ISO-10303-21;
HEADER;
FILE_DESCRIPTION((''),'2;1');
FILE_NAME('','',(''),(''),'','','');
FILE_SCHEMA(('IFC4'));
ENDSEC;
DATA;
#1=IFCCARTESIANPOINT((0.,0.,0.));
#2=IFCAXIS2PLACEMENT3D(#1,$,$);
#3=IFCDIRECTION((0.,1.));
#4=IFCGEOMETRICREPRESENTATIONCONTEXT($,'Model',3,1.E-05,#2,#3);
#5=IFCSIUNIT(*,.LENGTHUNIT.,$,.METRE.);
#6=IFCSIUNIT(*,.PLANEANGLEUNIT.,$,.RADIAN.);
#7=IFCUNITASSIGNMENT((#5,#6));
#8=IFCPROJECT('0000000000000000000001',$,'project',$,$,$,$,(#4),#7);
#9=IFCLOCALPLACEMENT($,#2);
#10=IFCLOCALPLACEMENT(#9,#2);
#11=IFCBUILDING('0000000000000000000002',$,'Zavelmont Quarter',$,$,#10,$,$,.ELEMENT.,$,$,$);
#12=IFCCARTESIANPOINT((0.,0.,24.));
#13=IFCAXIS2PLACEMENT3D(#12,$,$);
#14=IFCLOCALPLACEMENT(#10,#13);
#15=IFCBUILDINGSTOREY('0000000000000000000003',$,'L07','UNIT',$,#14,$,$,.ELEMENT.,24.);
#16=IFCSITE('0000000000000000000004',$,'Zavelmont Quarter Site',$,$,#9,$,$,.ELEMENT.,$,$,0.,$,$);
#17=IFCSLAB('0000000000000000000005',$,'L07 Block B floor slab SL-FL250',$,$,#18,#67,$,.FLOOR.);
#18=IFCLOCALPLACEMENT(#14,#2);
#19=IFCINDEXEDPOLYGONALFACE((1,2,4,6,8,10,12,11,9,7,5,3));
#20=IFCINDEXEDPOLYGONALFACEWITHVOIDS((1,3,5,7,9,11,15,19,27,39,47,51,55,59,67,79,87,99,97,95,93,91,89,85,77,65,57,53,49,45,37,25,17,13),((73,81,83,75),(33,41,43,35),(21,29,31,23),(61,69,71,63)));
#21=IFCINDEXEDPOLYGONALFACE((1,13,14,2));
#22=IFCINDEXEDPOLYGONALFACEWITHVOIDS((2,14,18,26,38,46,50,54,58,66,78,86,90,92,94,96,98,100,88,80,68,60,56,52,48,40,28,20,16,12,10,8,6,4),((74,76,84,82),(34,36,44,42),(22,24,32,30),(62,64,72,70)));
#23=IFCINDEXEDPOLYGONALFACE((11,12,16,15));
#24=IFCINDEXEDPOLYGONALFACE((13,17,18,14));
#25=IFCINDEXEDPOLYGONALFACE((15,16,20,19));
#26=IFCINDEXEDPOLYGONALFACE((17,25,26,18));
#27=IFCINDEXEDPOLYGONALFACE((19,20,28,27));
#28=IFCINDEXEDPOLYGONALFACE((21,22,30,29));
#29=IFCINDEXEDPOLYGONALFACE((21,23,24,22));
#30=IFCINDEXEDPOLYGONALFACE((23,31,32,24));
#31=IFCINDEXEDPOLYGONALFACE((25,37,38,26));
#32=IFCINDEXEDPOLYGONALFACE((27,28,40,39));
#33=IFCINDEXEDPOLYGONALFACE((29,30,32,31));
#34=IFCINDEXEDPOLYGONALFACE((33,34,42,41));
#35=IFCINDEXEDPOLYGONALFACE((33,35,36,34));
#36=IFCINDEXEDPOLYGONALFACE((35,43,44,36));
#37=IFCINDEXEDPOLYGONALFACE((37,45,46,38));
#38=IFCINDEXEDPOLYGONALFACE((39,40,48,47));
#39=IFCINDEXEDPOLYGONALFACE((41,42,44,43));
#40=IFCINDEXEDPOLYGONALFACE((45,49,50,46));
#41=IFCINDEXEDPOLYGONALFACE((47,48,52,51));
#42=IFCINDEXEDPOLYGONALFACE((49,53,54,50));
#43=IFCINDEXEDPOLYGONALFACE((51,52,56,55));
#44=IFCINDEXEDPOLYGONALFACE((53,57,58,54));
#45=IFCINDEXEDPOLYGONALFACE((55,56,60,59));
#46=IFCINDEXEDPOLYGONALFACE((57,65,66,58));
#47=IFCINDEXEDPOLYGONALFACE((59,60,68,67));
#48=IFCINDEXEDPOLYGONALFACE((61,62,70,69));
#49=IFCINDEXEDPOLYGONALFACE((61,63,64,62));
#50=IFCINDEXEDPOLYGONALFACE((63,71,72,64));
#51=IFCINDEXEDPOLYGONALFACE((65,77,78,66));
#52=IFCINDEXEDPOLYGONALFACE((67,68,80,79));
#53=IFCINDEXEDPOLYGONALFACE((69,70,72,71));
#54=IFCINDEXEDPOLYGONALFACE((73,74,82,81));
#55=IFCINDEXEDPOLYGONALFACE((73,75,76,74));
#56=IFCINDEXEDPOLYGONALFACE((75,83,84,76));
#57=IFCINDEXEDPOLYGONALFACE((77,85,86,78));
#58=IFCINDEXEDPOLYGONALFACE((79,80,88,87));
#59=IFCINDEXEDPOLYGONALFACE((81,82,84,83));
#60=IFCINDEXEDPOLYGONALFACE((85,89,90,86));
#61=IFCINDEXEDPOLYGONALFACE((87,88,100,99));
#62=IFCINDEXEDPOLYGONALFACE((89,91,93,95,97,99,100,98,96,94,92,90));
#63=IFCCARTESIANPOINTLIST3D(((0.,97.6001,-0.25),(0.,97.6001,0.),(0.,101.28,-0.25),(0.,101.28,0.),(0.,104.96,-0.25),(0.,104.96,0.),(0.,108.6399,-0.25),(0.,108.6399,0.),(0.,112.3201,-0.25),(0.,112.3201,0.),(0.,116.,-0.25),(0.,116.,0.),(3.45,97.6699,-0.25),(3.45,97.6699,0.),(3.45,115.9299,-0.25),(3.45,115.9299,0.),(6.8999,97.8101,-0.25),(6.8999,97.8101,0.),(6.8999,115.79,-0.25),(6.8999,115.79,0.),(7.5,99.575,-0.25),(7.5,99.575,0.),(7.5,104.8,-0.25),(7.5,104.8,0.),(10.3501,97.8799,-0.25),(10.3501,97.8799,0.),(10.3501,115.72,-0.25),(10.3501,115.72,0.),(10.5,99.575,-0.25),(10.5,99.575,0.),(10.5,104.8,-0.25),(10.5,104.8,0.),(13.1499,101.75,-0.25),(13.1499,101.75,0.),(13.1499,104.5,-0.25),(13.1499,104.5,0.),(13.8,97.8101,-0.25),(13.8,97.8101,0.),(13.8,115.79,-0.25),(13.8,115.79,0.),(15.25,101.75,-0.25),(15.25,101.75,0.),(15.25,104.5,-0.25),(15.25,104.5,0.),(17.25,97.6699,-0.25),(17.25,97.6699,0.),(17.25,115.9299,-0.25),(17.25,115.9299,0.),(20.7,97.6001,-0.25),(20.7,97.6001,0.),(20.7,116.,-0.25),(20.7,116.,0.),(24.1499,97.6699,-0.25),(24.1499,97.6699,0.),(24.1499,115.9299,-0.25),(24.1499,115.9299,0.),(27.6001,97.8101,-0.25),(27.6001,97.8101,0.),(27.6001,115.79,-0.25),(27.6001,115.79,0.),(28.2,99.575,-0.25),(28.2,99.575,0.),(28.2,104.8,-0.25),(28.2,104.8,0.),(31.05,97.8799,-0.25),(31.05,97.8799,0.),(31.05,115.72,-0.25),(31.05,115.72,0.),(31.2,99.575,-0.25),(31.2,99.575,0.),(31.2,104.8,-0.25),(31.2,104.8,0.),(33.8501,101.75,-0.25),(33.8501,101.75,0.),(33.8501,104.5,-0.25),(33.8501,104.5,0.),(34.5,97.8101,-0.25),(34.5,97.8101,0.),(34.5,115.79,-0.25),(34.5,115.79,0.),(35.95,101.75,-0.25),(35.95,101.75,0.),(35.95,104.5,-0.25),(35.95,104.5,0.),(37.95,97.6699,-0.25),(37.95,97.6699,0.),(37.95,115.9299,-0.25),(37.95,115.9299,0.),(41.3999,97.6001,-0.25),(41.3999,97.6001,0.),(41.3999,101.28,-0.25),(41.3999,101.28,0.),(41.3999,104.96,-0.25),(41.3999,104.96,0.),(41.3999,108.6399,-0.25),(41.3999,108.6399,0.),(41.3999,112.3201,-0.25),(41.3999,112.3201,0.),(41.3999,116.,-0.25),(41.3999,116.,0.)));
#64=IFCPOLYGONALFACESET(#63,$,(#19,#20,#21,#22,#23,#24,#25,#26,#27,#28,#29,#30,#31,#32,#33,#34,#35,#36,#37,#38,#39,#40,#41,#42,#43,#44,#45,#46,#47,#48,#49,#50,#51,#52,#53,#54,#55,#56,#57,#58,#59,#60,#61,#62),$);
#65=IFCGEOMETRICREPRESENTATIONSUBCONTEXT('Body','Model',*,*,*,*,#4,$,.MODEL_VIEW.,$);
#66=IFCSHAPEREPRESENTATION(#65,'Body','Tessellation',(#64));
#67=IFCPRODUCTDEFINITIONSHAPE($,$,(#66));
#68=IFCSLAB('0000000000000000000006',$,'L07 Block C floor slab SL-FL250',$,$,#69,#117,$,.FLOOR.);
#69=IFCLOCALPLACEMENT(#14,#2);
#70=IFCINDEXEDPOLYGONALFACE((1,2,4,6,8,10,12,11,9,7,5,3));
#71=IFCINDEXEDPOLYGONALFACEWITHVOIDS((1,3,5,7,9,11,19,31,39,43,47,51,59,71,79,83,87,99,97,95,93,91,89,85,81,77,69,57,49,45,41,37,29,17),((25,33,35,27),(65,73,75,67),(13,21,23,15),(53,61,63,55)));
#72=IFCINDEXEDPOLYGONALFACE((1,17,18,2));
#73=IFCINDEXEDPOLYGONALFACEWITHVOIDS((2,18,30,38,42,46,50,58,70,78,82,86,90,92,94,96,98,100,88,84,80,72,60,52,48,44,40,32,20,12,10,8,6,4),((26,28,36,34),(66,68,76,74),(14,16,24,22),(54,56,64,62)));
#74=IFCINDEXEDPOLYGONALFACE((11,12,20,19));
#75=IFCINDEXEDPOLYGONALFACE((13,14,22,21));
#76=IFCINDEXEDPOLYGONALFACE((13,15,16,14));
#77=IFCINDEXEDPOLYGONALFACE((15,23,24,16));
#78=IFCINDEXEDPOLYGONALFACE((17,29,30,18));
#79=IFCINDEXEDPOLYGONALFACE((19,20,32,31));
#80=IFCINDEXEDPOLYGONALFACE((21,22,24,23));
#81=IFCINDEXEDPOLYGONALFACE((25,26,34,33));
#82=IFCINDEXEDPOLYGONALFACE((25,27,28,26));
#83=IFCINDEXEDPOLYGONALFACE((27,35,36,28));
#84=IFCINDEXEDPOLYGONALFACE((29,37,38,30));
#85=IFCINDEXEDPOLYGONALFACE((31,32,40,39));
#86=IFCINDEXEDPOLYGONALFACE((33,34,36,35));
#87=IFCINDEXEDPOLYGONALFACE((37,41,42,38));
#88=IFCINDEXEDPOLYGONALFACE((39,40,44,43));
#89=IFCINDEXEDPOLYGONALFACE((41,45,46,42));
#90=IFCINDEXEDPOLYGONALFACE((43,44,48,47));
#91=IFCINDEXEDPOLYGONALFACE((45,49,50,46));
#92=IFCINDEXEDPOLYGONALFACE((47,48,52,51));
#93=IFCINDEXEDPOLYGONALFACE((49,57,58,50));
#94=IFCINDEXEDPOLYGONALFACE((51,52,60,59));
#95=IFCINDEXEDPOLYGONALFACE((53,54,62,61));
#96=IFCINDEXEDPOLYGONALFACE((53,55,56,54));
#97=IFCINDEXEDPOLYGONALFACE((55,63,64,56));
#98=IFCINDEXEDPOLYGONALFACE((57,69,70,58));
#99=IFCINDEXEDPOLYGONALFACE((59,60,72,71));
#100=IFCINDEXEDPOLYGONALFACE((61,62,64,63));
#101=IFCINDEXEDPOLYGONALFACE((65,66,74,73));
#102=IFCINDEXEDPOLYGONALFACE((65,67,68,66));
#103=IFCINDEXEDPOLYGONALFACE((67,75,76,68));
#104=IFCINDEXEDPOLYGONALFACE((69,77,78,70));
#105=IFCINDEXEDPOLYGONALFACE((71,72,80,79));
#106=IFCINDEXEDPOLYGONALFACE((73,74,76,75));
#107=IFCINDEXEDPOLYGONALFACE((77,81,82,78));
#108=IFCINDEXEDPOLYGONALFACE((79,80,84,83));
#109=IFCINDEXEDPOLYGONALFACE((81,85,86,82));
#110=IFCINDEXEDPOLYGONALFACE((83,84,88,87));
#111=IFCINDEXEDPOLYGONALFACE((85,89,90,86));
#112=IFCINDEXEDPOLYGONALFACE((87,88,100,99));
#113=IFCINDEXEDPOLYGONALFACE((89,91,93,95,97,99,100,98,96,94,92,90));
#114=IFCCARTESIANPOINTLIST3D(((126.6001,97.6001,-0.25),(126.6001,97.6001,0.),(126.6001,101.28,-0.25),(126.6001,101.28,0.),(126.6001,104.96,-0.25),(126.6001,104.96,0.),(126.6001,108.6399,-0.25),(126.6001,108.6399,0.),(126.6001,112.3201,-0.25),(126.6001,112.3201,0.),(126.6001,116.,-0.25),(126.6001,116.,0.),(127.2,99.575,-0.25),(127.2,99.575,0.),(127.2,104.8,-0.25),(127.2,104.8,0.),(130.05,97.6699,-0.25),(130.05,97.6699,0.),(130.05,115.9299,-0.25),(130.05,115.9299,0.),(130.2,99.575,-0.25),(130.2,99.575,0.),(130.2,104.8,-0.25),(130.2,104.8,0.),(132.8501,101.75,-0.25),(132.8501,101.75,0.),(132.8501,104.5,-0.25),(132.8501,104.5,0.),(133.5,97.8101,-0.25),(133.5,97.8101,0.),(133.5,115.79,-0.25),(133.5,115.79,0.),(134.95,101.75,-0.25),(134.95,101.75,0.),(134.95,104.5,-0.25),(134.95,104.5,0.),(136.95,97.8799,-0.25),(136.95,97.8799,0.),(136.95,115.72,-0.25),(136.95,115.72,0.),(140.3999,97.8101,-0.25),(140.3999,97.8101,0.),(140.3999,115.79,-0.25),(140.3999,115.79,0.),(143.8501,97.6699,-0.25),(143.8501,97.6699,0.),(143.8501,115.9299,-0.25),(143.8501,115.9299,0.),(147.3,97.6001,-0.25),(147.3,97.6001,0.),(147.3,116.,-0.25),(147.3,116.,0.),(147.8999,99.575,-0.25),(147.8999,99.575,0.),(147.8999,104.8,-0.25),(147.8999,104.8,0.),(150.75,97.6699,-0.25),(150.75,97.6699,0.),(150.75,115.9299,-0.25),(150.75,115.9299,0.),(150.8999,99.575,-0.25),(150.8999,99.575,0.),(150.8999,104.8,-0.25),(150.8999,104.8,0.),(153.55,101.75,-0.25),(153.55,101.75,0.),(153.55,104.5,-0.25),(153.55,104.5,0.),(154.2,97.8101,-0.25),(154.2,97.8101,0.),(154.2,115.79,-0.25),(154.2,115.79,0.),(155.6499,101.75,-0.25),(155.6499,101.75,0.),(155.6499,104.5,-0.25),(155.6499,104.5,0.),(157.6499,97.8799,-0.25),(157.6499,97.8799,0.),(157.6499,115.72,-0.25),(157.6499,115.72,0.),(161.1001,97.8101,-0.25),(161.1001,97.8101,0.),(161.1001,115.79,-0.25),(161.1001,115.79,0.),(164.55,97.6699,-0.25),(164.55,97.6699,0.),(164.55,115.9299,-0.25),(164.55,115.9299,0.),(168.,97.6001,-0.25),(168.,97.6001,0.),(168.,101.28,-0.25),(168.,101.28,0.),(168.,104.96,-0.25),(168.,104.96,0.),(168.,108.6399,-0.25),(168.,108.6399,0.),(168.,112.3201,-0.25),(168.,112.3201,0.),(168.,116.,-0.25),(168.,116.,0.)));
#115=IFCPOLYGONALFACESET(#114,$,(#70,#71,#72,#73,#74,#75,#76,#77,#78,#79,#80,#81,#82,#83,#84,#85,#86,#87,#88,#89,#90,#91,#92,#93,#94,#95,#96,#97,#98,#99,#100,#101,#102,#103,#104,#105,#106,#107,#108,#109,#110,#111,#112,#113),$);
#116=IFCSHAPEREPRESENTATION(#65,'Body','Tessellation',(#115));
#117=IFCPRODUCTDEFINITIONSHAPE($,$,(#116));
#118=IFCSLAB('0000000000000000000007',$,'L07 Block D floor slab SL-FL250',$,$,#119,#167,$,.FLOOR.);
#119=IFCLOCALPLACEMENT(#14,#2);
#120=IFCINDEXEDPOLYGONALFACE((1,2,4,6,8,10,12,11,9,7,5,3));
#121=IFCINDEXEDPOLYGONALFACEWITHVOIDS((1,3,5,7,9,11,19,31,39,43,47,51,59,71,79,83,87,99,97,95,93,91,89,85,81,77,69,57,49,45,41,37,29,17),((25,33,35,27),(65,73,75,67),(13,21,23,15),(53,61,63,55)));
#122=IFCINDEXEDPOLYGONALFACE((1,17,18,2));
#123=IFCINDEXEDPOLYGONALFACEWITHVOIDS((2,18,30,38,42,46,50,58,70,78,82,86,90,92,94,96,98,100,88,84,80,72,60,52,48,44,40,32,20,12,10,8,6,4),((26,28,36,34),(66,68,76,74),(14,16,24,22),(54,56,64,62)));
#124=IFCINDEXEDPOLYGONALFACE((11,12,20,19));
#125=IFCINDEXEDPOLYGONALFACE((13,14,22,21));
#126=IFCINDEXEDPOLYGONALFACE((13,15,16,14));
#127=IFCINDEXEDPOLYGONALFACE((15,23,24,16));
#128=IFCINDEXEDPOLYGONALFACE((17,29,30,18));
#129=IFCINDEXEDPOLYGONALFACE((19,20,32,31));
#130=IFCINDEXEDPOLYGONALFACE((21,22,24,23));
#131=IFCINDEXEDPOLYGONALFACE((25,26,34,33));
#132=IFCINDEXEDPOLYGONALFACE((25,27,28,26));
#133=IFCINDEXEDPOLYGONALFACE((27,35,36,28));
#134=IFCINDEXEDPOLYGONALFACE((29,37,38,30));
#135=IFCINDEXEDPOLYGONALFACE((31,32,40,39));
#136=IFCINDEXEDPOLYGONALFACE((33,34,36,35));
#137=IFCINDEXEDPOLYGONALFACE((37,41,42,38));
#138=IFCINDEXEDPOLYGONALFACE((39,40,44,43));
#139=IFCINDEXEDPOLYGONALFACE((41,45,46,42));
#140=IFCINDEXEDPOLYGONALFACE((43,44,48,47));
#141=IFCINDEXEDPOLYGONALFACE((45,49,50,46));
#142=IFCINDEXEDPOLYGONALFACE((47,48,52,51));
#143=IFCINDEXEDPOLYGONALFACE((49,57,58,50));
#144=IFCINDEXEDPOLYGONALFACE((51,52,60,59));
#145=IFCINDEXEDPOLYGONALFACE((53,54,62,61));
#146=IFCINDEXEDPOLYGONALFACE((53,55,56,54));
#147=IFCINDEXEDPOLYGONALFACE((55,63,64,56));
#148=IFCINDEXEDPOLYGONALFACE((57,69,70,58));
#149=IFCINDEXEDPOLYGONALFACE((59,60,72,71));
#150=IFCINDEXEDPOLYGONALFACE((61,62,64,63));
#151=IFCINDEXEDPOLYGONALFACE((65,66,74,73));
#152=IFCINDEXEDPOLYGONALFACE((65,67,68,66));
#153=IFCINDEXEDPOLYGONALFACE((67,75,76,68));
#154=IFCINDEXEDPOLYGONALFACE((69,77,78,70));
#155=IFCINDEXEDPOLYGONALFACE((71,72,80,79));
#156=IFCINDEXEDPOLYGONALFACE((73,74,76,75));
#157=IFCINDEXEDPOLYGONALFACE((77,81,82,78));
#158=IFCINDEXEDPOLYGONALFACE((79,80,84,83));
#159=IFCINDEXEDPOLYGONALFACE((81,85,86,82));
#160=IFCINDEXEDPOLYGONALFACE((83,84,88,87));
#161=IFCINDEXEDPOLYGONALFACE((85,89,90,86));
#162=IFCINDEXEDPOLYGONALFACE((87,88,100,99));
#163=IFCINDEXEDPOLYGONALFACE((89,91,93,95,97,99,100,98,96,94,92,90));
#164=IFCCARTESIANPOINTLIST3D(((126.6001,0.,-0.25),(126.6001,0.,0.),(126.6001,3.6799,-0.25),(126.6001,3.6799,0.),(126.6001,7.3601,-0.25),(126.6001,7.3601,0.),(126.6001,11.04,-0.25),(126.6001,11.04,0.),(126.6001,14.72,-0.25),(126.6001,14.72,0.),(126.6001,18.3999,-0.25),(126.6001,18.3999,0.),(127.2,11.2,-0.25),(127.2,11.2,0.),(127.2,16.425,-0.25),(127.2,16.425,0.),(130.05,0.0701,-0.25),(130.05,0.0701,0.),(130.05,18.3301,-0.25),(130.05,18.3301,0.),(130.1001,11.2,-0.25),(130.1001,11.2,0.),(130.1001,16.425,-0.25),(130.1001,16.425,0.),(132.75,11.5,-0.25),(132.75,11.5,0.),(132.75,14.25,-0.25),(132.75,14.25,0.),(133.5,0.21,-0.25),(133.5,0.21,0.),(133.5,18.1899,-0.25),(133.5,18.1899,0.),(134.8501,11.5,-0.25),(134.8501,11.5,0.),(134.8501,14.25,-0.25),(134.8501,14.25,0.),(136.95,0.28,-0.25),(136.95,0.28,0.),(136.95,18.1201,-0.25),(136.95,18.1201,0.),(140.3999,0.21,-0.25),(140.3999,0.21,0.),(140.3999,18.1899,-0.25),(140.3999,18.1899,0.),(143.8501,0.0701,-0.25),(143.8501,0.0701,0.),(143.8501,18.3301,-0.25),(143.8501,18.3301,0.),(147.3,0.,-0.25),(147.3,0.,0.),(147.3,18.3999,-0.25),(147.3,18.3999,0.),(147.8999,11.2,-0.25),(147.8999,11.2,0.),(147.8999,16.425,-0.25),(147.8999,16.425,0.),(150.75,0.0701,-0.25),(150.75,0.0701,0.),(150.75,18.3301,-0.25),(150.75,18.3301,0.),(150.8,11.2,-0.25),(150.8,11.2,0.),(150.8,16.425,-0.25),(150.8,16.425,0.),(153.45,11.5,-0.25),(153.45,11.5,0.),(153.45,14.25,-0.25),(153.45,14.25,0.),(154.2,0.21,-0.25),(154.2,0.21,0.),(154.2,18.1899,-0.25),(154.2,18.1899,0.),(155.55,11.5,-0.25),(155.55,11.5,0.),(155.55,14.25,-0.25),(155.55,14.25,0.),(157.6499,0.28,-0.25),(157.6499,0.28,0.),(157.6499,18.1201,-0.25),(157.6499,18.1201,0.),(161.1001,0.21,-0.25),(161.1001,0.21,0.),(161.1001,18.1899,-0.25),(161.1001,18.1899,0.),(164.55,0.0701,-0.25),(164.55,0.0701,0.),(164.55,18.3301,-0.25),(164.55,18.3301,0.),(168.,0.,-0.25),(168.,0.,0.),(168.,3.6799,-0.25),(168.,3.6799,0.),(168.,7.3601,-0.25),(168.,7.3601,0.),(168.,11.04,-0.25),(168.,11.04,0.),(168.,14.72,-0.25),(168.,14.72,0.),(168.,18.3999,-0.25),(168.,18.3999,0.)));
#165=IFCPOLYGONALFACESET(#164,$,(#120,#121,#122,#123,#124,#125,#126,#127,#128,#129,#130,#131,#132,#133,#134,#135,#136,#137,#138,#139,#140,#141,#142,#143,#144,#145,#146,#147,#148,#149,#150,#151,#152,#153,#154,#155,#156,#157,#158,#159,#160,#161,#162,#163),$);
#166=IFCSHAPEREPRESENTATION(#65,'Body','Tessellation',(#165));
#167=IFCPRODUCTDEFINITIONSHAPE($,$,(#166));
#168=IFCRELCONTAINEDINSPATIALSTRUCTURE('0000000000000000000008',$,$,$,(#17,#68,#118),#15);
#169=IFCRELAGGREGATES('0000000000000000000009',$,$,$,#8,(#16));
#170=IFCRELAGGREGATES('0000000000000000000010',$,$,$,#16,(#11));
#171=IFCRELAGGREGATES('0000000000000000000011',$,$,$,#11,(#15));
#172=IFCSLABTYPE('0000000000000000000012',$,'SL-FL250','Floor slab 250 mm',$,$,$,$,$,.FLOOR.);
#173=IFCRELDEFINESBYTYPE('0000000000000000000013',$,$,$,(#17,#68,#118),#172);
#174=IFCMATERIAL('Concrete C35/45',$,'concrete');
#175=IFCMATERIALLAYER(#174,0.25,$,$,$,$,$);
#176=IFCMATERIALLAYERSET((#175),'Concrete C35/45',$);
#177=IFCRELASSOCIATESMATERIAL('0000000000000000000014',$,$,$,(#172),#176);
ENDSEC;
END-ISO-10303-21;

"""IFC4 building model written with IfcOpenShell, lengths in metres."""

from ifc_helpers import new_model, si_unit, direction, frame, origin, place, context, subcontext, project, spatial, polyline, outline, extrude, material, layer, layer_set, type_object, element, save


model = new_model("IFC4")

# Units and contexts
model_context = context("Model", 3, precision=1e-05, world=origin(), true_north=direction((0.0, 1.0)))
body_context = subcontext(model_context, "Body", "Model", "MODEL_VIEW")
ifc_project = project(units=[si_unit("LENGTHUNIT", "METRE"), si_unit("PLANEANGLEUNIT", "RADIAN")], contexts=[model_context])

# Site, building, storey
site_placement = place(None, origin())
site = spatial("IfcSite", under=ifc_project, at=site_placement, Name="Zavelmont Quarter Site", CompositionType="ELEMENT", RefElevation=0.0)
building_placement = place(site_placement, origin())
building = spatial("IfcBuilding", under=site, at=building_placement, Name="Zavelmont Quarter", CompositionType="ELEMENT")
storey_placement = place(building_placement, frame((0.0, 0.0, 24.0)))
storey = spatial("IfcBuildingStorey", under=building, at=storey_placement, Name="L07", Description="UNIT", CompositionType="ELEMENT", Elevation=24.0)

# Shared definitions
ifc_material_1 = material(Name="Concrete C35/45", Category="concrete")

# Slabs
ifc_layer_1 = layer(ifc_material_1, 0.25)
ifc_layer_set_1 = layer_set([ifc_layer_1], Name="Concrete C35/45")
slab_type_1 = type_object("IfcSlabType", Name="SL-FL250", Description="Floor slab 250 mm", PredefinedType="FLOOR", material=ifc_layer_set_1)
slab_1_placement = place(storey_placement, frame((0.0, 0.0, -0.25)))
element("IfcSlab", 1, at=slab_1_placement, inside=storey, type_object=slab_type_1, Name="L07 Block B floor slab SL-FL250", PredefinedType="FLOOR", context=body_context, shape_type="SweptSolid", body=[
    extrude(outline(polyline([(0.0, 97.6001), (3.45, 97.6699), (6.8999, 97.8101), (10.3501, 97.8799), (13.8, 97.8101), (17.25, 97.6699), (20.7, 97.6001), (24.1499, 97.6699), (27.6001, 97.8101), (31.05, 97.8799), (34.5, 97.8101), (37.95, 97.6699), (41.3999, 97.6001), (41.3999, 101.28), (41.3999, 104.96), (41.3999, 108.6399), (41.3999, 112.3201), (41.3999, 116.0), (37.95, 115.9299), (34.5, 115.79), (31.05, 115.72), (27.6001, 115.79), (24.1499, 115.9299), (20.7, 116.0), (17.25, 115.9299), (13.8, 115.79), (10.3501, 115.72), (6.8999, 115.79), (3.45, 115.9299), (0.0, 116.0), (0.0, 112.3201), (0.0, 108.6399), (0.0, 104.96), (0.0, 101.28), (0.0, 97.6001)]), holes=[polyline([(10.5, 99.575), (10.5, 104.8), (7.5, 104.8), (7.5, 99.575), (10.5, 99.575)]), polyline([(13.1499, 101.75), (15.25, 101.75), (15.25, 104.5), (13.1499, 104.5), (13.1499, 101.75)]), polyline([(31.2, 99.575), (31.2, 104.8), (28.2, 104.8), (28.2, 99.575), (31.2, 99.575)]), polyline([(33.8501, 101.75), (35.95, 101.75), (35.95, 104.5), (33.8501, 104.5), (33.8501, 101.75)])]), origin(), (0.0, 0.0, 1.0), 0.25),
])
slab_2_placement = place(storey_placement, frame((0.0, 0.0, -0.25)))
element("IfcSlab", 2, at=slab_2_placement, inside=storey, type_object=slab_type_1, Name="L07 Block C floor slab SL-FL250", PredefinedType="FLOOR", context=body_context, shape_type="SweptSolid", body=[
    extrude(outline(polyline([(126.6001, 97.6001), (130.05, 97.6699), (133.5, 97.8101), (136.95, 97.8799), (140.3999, 97.8101), (143.8501, 97.6699), (147.3, 97.6001), (150.75, 97.6699), (154.2, 97.8101), (157.6499, 97.8799), (161.1001, 97.8101), (164.55, 97.6699), (168.0, 97.6001), (168.0, 101.28), (168.0, 104.96), (168.0, 108.6399), (168.0, 112.3201), (168.0, 116.0), (164.55, 115.9299), (161.1001, 115.79), (157.6499, 115.72), (154.2, 115.79), (150.75, 115.9299), (147.3, 116.0), (143.8501, 115.9299), (140.3999, 115.79), (136.95, 115.72), (133.5, 115.79), (130.05, 115.9299), (126.6001, 116.0), (126.6001, 112.3201), (126.6001, 108.6399), (126.6001, 104.96), (126.6001, 101.28), (126.6001, 97.6001)]), holes=[polyline([(130.2, 99.575), (130.2, 104.8), (127.2, 104.8), (127.2, 99.575), (130.2, 99.575)]), polyline([(132.8501, 101.75), (134.95, 101.75), (134.95, 104.5), (132.8501, 104.5), (132.8501, 101.75)]), polyline([(150.8999, 99.575), (150.8999, 104.8), (147.8999, 104.8), (147.8999, 99.575), (150.8999, 99.575)]), polyline([(153.55, 101.75), (155.6499, 101.75), (155.6499, 104.5), (153.55, 104.5), (153.55, 101.75)])]), origin(), (0.0, 0.0, 1.0), 0.25),
])
slab_3_placement = place(storey_placement, frame((0.0, 0.0, -0.25)))
element("IfcSlab", 3, at=slab_3_placement, inside=storey, type_object=slab_type_1, Name="L07 Block D floor slab SL-FL250", PredefinedType="FLOOR", context=body_context, shape_type="SweptSolid", body=[
    extrude(outline(polyline([(126.6001, 0.0), (130.05, 0.0701), (133.5, 0.21), (136.95, 0.28), (140.3999, 0.21), (143.8501, 0.0701), (147.3, 0.0), (150.75, 0.0701), (154.2, 0.21), (157.6499, 0.28), (161.1001, 0.21), (164.55, 0.0701), (168.0, 0.0), (168.0, 3.6799), (168.0, 7.3601), (168.0, 11.04), (168.0, 14.72), (168.0, 18.3999), (164.55, 18.3301), (161.1001, 18.1899), (157.6499, 18.1201), (154.2, 18.1899), (150.75, 18.3301), (147.3, 18.3999), (143.8501, 18.3301), (140.3999, 18.1899), (136.95, 18.1201), (133.5, 18.1899), (130.05, 18.3301), (126.6001, 18.3999), (126.6001, 14.72), (126.6001, 11.04), (126.6001, 7.3601), (126.6001, 3.6799), (126.6001, 0.0)]), holes=[polyline([(127.2, 16.425), (127.2, 11.2), (130.1001, 11.2), (130.1001, 16.425), (127.2, 16.425)]), polyline([(132.75, 11.5), (134.8501, 11.5), (134.8501, 14.25), (132.75, 14.25), (132.75, 11.5)]), polyline([(147.8999, 16.425), (147.8999, 11.2), (150.8, 11.2), (150.8, 16.425), (147.8999, 16.425)]), polyline([(153.45, 11.5), (155.55, 11.5), (155.55, 14.25), (153.45, 14.25), (153.45, 11.5)])]), origin(), (0.0, 0.0, 1.0), 0.25),
])

save(model, "model.ifc")
